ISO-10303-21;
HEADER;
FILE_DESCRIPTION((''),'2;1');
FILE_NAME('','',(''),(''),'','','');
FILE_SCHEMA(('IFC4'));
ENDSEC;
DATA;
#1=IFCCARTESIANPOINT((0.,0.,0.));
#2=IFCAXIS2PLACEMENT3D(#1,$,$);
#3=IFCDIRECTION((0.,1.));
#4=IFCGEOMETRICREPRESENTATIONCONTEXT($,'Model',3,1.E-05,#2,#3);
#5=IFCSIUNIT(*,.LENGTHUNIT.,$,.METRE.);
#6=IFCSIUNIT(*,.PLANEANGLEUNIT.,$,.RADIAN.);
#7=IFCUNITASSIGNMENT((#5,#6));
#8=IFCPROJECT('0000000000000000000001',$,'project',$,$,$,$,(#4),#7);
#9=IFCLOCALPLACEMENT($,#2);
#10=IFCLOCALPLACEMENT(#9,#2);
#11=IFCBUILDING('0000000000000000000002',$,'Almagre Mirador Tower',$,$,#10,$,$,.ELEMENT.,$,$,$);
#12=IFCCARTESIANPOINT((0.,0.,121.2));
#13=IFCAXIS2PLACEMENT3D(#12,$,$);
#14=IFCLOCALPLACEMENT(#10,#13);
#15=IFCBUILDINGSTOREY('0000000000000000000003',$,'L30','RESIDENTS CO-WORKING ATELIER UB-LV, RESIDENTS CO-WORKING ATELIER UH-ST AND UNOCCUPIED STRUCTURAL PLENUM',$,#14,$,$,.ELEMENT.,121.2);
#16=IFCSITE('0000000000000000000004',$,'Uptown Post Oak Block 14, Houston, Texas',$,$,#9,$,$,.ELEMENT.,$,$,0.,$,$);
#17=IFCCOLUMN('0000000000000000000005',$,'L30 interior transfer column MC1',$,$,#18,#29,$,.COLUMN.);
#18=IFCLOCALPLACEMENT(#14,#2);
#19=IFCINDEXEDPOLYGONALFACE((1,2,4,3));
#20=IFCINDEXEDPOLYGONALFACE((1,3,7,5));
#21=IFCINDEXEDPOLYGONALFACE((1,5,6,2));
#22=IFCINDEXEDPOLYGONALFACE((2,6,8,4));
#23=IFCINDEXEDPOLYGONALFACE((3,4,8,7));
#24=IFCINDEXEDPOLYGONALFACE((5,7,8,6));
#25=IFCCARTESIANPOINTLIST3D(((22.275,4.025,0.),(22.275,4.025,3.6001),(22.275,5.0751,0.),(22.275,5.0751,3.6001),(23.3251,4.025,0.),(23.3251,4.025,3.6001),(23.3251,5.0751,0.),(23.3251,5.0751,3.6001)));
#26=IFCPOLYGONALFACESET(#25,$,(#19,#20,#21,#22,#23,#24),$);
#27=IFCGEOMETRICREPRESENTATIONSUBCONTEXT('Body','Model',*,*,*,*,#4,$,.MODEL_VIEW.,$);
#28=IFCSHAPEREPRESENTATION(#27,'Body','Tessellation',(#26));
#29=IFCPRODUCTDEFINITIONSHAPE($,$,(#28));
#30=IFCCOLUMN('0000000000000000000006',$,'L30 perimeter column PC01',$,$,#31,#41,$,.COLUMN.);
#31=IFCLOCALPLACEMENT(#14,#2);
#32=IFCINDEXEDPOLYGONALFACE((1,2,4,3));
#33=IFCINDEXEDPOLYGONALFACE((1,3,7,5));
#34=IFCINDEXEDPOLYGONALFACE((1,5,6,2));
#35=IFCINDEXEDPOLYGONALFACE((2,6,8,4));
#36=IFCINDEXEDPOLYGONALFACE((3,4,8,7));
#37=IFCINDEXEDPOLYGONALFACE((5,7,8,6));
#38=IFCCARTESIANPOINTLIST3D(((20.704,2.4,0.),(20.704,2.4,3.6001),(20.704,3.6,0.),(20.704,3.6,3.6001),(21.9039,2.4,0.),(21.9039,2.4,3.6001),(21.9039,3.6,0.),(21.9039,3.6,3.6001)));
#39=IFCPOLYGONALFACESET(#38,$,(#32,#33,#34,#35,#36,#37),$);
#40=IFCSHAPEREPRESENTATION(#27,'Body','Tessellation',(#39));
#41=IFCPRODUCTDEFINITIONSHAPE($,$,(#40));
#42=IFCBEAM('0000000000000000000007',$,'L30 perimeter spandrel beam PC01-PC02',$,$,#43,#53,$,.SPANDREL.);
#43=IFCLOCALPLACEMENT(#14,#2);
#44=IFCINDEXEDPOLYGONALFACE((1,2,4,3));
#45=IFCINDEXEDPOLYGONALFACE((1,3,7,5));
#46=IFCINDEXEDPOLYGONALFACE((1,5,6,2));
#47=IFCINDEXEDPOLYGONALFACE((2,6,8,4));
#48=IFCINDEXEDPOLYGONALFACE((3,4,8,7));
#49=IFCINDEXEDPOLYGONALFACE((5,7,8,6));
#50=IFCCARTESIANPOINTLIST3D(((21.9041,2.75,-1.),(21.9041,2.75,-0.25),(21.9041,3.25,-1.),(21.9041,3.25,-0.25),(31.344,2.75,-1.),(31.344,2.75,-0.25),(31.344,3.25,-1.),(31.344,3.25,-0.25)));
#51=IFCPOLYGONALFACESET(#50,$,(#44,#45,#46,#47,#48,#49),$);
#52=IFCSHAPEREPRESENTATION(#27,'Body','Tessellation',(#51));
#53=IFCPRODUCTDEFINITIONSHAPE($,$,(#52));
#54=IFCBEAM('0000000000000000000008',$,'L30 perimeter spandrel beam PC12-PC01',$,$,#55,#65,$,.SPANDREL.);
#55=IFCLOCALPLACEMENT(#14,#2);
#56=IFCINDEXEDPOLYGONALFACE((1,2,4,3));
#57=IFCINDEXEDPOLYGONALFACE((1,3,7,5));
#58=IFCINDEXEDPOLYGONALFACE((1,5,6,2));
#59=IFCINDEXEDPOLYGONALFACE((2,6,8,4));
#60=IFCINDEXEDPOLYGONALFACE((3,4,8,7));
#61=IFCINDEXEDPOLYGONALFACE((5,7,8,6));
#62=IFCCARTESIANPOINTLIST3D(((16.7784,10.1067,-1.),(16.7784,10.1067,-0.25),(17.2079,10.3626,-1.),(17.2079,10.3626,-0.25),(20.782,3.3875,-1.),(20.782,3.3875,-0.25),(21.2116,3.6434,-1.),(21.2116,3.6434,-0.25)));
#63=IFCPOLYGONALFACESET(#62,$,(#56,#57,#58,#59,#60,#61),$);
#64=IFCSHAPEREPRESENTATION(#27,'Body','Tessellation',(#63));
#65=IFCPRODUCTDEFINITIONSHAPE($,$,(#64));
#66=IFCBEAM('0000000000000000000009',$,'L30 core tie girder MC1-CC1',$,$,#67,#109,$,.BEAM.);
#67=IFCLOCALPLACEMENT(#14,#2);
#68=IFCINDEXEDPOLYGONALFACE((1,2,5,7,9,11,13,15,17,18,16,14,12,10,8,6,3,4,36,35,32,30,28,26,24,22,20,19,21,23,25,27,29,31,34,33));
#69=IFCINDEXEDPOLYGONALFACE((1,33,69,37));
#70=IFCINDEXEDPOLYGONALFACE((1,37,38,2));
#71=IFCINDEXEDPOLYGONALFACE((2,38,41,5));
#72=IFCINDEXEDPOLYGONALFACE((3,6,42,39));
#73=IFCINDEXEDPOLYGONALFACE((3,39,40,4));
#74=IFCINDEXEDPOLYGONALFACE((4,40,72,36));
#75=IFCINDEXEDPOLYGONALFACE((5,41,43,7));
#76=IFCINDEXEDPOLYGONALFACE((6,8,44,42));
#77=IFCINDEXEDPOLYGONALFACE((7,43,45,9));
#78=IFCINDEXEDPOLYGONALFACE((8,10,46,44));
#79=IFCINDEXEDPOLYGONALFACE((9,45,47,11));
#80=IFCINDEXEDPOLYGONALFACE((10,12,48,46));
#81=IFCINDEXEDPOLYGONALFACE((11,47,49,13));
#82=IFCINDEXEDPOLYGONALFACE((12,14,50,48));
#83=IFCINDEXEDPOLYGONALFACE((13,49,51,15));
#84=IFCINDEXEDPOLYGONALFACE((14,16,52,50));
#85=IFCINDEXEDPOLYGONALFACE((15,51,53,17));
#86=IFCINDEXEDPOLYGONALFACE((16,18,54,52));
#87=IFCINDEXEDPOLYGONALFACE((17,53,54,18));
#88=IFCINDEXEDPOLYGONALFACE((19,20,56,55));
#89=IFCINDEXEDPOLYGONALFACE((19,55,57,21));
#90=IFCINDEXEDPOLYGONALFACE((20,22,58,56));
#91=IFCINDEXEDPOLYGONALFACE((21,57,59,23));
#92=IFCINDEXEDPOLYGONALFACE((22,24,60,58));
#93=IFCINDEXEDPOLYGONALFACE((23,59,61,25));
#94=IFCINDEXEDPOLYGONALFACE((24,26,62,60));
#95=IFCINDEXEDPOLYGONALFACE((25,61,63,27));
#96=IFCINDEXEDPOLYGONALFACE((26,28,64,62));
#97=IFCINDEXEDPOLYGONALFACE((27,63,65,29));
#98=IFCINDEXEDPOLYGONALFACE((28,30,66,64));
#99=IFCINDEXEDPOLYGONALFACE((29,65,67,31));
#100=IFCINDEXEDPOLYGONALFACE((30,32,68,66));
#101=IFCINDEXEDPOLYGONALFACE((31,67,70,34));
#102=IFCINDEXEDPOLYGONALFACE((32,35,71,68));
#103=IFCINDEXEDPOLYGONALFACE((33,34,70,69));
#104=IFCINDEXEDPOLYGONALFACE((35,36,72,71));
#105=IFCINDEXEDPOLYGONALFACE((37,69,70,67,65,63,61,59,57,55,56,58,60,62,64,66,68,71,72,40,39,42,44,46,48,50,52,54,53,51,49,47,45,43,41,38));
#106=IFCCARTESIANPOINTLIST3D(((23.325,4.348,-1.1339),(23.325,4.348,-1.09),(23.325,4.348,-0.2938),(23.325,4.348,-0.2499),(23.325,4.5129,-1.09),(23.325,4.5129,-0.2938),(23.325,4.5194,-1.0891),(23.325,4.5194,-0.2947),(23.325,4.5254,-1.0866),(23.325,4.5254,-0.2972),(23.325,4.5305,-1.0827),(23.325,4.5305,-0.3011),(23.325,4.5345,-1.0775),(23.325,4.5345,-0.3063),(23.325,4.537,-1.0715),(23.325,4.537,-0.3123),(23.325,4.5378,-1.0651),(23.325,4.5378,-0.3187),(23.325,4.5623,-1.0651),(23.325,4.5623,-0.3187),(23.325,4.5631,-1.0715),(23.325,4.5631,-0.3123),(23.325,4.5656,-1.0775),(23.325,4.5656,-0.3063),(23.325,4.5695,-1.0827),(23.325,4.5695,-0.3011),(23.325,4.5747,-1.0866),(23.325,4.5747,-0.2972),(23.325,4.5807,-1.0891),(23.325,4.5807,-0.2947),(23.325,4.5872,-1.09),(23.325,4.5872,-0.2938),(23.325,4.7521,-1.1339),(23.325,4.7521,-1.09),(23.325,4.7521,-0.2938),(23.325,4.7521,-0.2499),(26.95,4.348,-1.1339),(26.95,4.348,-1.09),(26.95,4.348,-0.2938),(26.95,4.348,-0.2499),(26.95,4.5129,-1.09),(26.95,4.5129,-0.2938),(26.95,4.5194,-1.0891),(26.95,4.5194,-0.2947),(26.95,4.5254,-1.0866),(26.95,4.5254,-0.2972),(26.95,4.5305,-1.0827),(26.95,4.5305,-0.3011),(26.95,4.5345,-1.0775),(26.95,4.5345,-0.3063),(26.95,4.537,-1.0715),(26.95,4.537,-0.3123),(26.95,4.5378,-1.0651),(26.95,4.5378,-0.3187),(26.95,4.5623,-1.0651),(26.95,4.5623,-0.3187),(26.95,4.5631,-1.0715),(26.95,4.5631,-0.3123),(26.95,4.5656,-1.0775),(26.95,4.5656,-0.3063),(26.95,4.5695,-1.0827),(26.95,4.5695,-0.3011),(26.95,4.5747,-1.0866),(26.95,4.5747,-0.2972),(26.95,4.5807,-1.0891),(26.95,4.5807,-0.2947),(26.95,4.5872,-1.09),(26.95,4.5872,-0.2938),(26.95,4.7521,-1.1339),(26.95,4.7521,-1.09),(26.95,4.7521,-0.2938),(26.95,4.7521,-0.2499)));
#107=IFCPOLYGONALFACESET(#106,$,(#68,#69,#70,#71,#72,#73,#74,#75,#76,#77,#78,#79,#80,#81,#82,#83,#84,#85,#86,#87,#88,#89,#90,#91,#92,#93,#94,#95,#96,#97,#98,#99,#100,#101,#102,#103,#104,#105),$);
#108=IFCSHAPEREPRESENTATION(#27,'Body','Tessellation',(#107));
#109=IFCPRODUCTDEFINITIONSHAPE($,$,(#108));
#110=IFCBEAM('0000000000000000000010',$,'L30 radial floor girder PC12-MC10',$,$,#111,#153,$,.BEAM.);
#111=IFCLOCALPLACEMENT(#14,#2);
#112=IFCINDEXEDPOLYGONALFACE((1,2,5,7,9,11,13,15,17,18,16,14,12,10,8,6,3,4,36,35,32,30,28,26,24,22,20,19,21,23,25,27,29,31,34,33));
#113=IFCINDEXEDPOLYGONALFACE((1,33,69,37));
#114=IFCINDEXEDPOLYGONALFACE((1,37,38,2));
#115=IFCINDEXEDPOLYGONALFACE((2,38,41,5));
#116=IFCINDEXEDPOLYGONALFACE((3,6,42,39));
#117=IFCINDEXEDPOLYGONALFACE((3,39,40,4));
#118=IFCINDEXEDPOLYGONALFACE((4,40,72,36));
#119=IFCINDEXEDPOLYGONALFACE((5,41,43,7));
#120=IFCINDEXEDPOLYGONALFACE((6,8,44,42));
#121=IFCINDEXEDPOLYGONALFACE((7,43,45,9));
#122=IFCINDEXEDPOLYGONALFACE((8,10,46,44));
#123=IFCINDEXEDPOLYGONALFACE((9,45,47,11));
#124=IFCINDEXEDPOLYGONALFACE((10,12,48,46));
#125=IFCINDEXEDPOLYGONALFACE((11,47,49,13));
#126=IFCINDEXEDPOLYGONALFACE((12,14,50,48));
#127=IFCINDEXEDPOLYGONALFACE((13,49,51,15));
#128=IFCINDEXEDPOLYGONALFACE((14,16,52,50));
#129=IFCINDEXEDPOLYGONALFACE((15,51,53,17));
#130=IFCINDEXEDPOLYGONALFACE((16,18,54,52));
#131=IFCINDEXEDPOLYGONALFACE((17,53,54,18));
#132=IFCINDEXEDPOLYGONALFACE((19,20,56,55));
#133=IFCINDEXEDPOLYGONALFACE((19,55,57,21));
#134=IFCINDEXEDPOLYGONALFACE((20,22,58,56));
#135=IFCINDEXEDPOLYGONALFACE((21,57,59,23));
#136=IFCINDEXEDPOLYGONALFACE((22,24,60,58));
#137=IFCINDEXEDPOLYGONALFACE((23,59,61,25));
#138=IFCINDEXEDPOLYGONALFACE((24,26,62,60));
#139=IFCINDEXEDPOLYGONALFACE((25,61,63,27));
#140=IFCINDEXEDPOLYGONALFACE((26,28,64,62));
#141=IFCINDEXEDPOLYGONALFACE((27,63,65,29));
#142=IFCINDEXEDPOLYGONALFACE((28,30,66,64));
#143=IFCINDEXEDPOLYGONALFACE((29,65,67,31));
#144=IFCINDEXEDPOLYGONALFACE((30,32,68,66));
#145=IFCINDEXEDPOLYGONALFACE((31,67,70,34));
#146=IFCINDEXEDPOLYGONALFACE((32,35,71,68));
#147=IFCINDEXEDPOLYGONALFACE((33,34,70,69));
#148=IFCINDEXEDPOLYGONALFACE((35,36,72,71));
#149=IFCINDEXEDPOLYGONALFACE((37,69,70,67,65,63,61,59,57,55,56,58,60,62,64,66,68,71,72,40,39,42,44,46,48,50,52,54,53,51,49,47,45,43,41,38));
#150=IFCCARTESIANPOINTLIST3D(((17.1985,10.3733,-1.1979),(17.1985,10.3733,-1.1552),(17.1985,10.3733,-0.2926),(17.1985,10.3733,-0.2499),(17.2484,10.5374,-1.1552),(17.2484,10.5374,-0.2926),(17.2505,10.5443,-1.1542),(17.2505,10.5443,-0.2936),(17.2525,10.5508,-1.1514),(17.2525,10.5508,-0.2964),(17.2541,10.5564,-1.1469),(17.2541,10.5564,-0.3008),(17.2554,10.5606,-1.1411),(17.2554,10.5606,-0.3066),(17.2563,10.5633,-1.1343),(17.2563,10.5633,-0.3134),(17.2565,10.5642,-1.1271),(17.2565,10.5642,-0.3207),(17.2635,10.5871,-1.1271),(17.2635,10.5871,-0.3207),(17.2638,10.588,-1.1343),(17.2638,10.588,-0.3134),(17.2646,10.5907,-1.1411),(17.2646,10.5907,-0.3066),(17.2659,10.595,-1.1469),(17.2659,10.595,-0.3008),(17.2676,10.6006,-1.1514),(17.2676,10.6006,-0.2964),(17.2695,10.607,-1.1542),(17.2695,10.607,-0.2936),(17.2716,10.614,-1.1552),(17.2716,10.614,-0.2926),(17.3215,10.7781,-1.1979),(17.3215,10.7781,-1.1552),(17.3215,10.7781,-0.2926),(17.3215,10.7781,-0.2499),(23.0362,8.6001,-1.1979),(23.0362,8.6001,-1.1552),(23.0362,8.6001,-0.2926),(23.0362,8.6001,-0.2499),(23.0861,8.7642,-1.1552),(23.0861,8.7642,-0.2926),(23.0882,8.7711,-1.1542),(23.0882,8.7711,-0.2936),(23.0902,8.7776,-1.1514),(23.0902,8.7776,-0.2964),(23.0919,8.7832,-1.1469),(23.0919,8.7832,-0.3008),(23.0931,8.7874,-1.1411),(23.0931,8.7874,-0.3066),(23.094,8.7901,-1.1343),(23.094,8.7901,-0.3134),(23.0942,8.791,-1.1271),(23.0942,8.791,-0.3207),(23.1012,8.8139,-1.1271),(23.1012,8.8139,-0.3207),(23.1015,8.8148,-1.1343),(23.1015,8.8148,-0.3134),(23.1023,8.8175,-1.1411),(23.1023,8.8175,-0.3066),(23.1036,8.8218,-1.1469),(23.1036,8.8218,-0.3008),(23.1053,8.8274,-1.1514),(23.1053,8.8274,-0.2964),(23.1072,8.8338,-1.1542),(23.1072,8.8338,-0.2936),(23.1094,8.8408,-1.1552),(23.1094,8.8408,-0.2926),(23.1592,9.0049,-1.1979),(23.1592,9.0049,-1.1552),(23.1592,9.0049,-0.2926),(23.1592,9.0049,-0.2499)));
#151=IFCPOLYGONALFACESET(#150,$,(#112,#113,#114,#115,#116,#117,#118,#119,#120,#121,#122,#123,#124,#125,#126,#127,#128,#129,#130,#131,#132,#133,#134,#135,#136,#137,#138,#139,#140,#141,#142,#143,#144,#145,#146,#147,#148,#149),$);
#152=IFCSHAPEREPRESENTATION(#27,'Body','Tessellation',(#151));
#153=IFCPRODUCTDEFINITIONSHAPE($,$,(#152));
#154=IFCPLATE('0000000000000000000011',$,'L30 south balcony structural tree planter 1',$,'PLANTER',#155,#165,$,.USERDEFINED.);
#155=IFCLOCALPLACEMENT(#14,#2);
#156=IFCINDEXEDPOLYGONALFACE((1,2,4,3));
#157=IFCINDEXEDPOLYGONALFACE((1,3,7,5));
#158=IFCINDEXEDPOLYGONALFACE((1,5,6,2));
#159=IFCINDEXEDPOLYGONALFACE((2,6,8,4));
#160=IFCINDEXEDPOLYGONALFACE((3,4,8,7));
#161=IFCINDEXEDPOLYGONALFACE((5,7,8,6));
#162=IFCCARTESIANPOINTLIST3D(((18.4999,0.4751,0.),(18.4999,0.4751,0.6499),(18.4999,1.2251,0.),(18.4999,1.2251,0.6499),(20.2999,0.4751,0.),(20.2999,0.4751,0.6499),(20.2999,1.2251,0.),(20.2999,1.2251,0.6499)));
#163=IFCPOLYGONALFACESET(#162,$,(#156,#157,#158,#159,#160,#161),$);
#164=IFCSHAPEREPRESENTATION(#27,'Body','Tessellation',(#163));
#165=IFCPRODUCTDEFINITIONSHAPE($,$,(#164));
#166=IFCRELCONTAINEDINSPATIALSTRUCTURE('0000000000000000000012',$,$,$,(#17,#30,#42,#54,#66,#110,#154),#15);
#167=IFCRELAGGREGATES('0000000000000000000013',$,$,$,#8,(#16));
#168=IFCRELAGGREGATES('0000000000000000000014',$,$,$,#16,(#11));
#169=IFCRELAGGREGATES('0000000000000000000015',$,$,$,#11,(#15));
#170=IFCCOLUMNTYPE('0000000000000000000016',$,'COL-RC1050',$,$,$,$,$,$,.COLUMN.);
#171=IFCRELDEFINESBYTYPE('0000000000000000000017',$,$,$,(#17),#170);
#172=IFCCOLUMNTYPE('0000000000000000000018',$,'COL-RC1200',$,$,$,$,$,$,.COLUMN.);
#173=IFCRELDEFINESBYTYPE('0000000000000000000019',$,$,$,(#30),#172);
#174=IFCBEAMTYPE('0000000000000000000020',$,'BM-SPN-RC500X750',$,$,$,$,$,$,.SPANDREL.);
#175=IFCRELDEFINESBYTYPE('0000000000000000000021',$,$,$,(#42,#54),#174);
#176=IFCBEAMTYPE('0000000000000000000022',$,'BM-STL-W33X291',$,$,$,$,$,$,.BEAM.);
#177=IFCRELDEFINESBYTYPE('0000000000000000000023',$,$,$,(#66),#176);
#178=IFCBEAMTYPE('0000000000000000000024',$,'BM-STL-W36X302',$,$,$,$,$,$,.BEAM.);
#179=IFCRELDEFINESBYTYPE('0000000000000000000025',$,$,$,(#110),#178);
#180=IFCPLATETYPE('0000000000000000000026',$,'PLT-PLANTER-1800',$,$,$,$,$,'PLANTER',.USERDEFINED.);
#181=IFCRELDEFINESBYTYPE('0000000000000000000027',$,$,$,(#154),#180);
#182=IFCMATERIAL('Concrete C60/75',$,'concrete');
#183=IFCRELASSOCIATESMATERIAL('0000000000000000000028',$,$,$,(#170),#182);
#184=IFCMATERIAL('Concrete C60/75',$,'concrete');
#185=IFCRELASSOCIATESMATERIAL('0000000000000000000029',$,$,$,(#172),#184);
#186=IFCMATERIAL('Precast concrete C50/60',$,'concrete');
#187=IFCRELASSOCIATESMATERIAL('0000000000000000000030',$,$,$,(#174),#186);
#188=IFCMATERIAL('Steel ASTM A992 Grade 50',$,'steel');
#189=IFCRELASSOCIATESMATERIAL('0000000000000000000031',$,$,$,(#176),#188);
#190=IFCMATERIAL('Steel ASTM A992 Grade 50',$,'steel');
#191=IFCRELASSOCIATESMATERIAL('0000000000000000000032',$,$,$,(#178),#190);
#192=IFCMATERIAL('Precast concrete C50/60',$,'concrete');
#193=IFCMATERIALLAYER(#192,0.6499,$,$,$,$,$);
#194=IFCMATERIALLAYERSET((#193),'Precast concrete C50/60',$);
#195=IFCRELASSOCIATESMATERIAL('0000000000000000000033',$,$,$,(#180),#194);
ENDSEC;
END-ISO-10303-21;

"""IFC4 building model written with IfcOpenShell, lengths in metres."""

from ifc_helpers import new_model, si_unit, direction, frame, origin, origin_2d, place, context, subcontext, project, spatial, rectangle, i_section, extrude, material, layer, layer_set, material_profile, profile_set, type_object, element, save


model = new_model("IFC4")

# Units and contexts
model_context = context("Model", 3, precision=1e-05, world=origin(), true_north=direction((0.0, 1.0)))
body_context = subcontext(model_context, "Body", "Model", "MODEL_VIEW")
ifc_project = project(units=[si_unit("LENGTHUNIT", "METRE"), si_unit("PLANEANGLEUNIT", "RADIAN")], contexts=[model_context])

# Site, building, storey
site_placement = place(None, origin())
site = spatial("IfcSite", under=ifc_project, at=site_placement, Name="Uptown Post Oak Block 14, Houston, Texas", CompositionType="ELEMENT", RefElevation=0.0)
building_placement = place(site_placement, origin())
building = spatial("IfcBuilding", under=site, at=building_placement, Name="Almagre Mirador Tower", CompositionType="ELEMENT")
storey_placement = place(building_placement, frame((0.0, 0.0, 121.2)))
storey = spatial("IfcBuildingStorey", under=building, at=storey_placement, Name="L30", Description="RESIDENTS CO-WORKING ATELIER UB-LV, RESIDENTS CO-WORKING ATELIER UH-ST AND UNOCCUPIED STRUCTURAL PLENUM", CompositionType="ELEMENT", Elevation=121.2)

# Columns
ifc_material_1 = material(Name="Concrete C60/75", Category="concrete")
ifc_material_profile_1 = material_profile(ifc_material_1, rectangle(XDim=1.05, YDim=1.05, at=origin_2d()), Name="RC1050X1050")
ifc_profile_set_1 = profile_set([ifc_material_profile_1], Name="Concrete C60/75")
column_type_1 = type_object("IfcColumnType", Name="COL-RC1050", PredefinedType="COLUMN", material=ifc_profile_set_1)
column_1_placement = place(storey_placement, frame((22.8, 4.55, 0.0), z_axis=(0.0, 0.0, 1.0), x_axis=(1.0, 0.0, 0.0)))
element("IfcColumn", 1, at=column_1_placement, inside=storey, type_object=column_type_1, Name="L30 interior transfer column MC1", PredefinedType="COLUMN", context=body_context, shape_type="SweptSolid", body=[
    extrude(rectangle(XDim=1.05, YDim=1.05, at=origin_2d()), origin(), (0.0, 0.0, 1.0), 3.6001),
])
ifc_material_2 = material(Name="Concrete C60/75", Category="concrete")
ifc_material_profile_2 = material_profile(ifc_material_2, rectangle(XDim=1.2, YDim=1.2, at=origin_2d()), Name="RC1200X1200")
ifc_profile_set_2 = profile_set([ifc_material_profile_2], Name="Concrete C60/75")
column_type_2 = type_object("IfcColumnType", Name="COL-RC1200", PredefinedType="COLUMN", material=ifc_profile_set_2)
column_2_placement = place(storey_placement, frame((21.304, 3.0, 0.0), z_axis=(0.0, 0.0, 1.0), x_axis=(1.0, 0.0, 0.0)))
element("IfcColumn", 2, at=column_2_placement, inside=storey, type_object=column_type_2, Name="L30 perimeter column PC01", PredefinedType="COLUMN", context=body_context, shape_type="SweptSolid", body=[
    extrude(rectangle(XDim=1.2, YDim=1.2, at=origin_2d()), origin(), (0.0, 0.0, 1.0), 3.6001),
])

# Beams
ifc_material_3 = material(Name="Precast concrete C50/60", Category="concrete")
ifc_material_profile_3 = material_profile(ifc_material_3, rectangle(XDim=0.5, YDim=0.75, at=origin_2d()), Name="RC500X750")
ifc_profile_set_3 = profile_set([ifc_material_profile_3], Name="Precast concrete C50/60")
beam_type_1 = type_object("IfcBeamType", Name="BM-SPN-RC500X750", PredefinedType="SPANDREL", material=ifc_profile_set_3)
beam_1_placement = place(storey_placement, frame((21.9041, 3.0, -0.625), z_axis=(1.0, 0.0, 0.0), x_axis=(0.0, 1.0, 0.0)))
element("IfcBeam", 3, at=beam_1_placement, inside=storey, type_object=beam_type_1, Name="L30 perimeter spandrel beam PC01-PC02", PredefinedType="SPANDREL", context=body_context, shape_type="SweptSolid", body=[
    extrude(rectangle(XDim=0.5, YDim=0.75, at=origin_2d()), origin(), (0.0, 0.0, 1.0), 9.4399),
])
beam_2_placement = place(storey_placement, frame((16.9932, 10.2346, -0.625), z_axis=(0.511872, -0.859062, 0.0), x_axis=(0.859062, 0.511872, 0.0)))
element("IfcBeam", 4, at=beam_2_placement, inside=storey, type_object=beam_type_1, Name="L30 perimeter spandrel beam PC12-PC01", PredefinedType="SPANDREL", context=body_context, shape_type="SweptSolid", body=[
    extrude(rectangle(XDim=0.5, YDim=0.75, at=origin_2d()), origin(), (0.0, 0.0, 1.0), 7.8215),
])
ifc_material_4 = material(Name="Steel ASTM A992 Grade 50", Category="steel")
ifc_material_profile_4 = material_profile(ifc_material_4, i_section(OverallWidth=0.4041, OverallDepth=0.884, WebThickness=0.0244, FlangeThickness=0.0439, FilletRadius=0.0249, at=origin_2d()), Name="W33X291")
ifc_profile_set_4 = profile_set([ifc_material_profile_4], Name="Steel ASTM A992 Grade 50")
beam_type_2 = type_object("IfcBeamType", Name="BM-STL-W33X291", PredefinedType="BEAM", material=ifc_profile_set_4)
beam_3_placement = place(storey_placement, frame((23.325, 4.55, -0.6919), z_axis=(1.0, 0.0, 0.0), x_axis=(0.0, 1.0, 0.0)))
element("IfcBeam", 5, at=beam_3_placement, inside=storey, type_object=beam_type_2, Name="L30 core tie girder MC1-CC1", PredefinedType="BEAM", context=body_context, shape_type="SweptSolid", body=[
    extrude(i_section(OverallWidth=0.4041, OverallDepth=0.884, WebThickness=0.0244, FlangeThickness=0.0439, FilletRadius=0.0249, at=origin_2d()), origin(), (0.0, 0.0, 1.0), 3.625),
])
ifc_material_5 = material(Name="Steel ASTM A992 Grade 50", Category="steel")
ifc_material_profile_5 = material_profile(ifc_material_5, i_section(OverallWidth=0.4231, OverallDepth=0.948, WebThickness=0.0239, FlangeThickness=0.0427, FilletRadius=0.0281, at=origin_2d()), Name="W36X302")
ifc_profile_set_5 = profile_set([ifc_material_profile_5], Name="Steel ASTM A992 Grade 50")
beam_type_3 = type_object("IfcBeamType", Name="BM-STL-W36X302", PredefinedType="BEAM", material=ifc_profile_set_5)
beam_4_placement = place(storey_placement, frame((17.26, 10.5757, -0.7239), z_axis=(0.956833, -0.290639, 0.0), x_axis=(0.290639, 0.956833, 0.0)))
element("IfcBeam", 6, at=beam_4_placement, inside=storey, type_object=beam_type_3, Name="L30 radial floor girder PC12-MC10", PredefinedType="BEAM", context=body_context, shape_type="SweptSolid", body=[
    extrude(i_section(OverallWidth=0.4231, OverallDepth=0.948, WebThickness=0.0239, FlangeThickness=0.0427, FilletRadius=0.0281, at=origin_2d()), origin(), (0.0, 0.0, 1.0), 6.1011),
])

# Plate
ifc_material_6 = material(Name="Precast concrete C50/60", Category="concrete")
ifc_layer_1 = layer(ifc_material_6, 0.6499)
ifc_layer_set_1 = layer_set([ifc_layer_1], Name="Precast concrete C50/60")
plate_type = type_object("IfcPlateType", Name="PLT-PLANTER-1800", ElementType="PLANTER", PredefinedType="USERDEFINED", material=ifc_layer_set_1)
plate_placement = place(storey_placement, frame((19.3999, 0.8501, 0.0), z_axis=(0.0, 0.0, 1.0), x_axis=(1.0, 0.0, 0.0)))
element("IfcPlate", 7, at=plate_placement, inside=storey, type_object=plate_type, Name="L30 south balcony structural tree planter 1", ObjectType="PLANTER", PredefinedType="USERDEFINED", context=body_context, shape_type="SweptSolid", body=[
    extrude(rectangle(XDim=1.8, YDim=0.75, at=origin_2d()), origin(), (0.0, 0.0, 1.0), 0.6499),
])

save(model, "model.ifc")
